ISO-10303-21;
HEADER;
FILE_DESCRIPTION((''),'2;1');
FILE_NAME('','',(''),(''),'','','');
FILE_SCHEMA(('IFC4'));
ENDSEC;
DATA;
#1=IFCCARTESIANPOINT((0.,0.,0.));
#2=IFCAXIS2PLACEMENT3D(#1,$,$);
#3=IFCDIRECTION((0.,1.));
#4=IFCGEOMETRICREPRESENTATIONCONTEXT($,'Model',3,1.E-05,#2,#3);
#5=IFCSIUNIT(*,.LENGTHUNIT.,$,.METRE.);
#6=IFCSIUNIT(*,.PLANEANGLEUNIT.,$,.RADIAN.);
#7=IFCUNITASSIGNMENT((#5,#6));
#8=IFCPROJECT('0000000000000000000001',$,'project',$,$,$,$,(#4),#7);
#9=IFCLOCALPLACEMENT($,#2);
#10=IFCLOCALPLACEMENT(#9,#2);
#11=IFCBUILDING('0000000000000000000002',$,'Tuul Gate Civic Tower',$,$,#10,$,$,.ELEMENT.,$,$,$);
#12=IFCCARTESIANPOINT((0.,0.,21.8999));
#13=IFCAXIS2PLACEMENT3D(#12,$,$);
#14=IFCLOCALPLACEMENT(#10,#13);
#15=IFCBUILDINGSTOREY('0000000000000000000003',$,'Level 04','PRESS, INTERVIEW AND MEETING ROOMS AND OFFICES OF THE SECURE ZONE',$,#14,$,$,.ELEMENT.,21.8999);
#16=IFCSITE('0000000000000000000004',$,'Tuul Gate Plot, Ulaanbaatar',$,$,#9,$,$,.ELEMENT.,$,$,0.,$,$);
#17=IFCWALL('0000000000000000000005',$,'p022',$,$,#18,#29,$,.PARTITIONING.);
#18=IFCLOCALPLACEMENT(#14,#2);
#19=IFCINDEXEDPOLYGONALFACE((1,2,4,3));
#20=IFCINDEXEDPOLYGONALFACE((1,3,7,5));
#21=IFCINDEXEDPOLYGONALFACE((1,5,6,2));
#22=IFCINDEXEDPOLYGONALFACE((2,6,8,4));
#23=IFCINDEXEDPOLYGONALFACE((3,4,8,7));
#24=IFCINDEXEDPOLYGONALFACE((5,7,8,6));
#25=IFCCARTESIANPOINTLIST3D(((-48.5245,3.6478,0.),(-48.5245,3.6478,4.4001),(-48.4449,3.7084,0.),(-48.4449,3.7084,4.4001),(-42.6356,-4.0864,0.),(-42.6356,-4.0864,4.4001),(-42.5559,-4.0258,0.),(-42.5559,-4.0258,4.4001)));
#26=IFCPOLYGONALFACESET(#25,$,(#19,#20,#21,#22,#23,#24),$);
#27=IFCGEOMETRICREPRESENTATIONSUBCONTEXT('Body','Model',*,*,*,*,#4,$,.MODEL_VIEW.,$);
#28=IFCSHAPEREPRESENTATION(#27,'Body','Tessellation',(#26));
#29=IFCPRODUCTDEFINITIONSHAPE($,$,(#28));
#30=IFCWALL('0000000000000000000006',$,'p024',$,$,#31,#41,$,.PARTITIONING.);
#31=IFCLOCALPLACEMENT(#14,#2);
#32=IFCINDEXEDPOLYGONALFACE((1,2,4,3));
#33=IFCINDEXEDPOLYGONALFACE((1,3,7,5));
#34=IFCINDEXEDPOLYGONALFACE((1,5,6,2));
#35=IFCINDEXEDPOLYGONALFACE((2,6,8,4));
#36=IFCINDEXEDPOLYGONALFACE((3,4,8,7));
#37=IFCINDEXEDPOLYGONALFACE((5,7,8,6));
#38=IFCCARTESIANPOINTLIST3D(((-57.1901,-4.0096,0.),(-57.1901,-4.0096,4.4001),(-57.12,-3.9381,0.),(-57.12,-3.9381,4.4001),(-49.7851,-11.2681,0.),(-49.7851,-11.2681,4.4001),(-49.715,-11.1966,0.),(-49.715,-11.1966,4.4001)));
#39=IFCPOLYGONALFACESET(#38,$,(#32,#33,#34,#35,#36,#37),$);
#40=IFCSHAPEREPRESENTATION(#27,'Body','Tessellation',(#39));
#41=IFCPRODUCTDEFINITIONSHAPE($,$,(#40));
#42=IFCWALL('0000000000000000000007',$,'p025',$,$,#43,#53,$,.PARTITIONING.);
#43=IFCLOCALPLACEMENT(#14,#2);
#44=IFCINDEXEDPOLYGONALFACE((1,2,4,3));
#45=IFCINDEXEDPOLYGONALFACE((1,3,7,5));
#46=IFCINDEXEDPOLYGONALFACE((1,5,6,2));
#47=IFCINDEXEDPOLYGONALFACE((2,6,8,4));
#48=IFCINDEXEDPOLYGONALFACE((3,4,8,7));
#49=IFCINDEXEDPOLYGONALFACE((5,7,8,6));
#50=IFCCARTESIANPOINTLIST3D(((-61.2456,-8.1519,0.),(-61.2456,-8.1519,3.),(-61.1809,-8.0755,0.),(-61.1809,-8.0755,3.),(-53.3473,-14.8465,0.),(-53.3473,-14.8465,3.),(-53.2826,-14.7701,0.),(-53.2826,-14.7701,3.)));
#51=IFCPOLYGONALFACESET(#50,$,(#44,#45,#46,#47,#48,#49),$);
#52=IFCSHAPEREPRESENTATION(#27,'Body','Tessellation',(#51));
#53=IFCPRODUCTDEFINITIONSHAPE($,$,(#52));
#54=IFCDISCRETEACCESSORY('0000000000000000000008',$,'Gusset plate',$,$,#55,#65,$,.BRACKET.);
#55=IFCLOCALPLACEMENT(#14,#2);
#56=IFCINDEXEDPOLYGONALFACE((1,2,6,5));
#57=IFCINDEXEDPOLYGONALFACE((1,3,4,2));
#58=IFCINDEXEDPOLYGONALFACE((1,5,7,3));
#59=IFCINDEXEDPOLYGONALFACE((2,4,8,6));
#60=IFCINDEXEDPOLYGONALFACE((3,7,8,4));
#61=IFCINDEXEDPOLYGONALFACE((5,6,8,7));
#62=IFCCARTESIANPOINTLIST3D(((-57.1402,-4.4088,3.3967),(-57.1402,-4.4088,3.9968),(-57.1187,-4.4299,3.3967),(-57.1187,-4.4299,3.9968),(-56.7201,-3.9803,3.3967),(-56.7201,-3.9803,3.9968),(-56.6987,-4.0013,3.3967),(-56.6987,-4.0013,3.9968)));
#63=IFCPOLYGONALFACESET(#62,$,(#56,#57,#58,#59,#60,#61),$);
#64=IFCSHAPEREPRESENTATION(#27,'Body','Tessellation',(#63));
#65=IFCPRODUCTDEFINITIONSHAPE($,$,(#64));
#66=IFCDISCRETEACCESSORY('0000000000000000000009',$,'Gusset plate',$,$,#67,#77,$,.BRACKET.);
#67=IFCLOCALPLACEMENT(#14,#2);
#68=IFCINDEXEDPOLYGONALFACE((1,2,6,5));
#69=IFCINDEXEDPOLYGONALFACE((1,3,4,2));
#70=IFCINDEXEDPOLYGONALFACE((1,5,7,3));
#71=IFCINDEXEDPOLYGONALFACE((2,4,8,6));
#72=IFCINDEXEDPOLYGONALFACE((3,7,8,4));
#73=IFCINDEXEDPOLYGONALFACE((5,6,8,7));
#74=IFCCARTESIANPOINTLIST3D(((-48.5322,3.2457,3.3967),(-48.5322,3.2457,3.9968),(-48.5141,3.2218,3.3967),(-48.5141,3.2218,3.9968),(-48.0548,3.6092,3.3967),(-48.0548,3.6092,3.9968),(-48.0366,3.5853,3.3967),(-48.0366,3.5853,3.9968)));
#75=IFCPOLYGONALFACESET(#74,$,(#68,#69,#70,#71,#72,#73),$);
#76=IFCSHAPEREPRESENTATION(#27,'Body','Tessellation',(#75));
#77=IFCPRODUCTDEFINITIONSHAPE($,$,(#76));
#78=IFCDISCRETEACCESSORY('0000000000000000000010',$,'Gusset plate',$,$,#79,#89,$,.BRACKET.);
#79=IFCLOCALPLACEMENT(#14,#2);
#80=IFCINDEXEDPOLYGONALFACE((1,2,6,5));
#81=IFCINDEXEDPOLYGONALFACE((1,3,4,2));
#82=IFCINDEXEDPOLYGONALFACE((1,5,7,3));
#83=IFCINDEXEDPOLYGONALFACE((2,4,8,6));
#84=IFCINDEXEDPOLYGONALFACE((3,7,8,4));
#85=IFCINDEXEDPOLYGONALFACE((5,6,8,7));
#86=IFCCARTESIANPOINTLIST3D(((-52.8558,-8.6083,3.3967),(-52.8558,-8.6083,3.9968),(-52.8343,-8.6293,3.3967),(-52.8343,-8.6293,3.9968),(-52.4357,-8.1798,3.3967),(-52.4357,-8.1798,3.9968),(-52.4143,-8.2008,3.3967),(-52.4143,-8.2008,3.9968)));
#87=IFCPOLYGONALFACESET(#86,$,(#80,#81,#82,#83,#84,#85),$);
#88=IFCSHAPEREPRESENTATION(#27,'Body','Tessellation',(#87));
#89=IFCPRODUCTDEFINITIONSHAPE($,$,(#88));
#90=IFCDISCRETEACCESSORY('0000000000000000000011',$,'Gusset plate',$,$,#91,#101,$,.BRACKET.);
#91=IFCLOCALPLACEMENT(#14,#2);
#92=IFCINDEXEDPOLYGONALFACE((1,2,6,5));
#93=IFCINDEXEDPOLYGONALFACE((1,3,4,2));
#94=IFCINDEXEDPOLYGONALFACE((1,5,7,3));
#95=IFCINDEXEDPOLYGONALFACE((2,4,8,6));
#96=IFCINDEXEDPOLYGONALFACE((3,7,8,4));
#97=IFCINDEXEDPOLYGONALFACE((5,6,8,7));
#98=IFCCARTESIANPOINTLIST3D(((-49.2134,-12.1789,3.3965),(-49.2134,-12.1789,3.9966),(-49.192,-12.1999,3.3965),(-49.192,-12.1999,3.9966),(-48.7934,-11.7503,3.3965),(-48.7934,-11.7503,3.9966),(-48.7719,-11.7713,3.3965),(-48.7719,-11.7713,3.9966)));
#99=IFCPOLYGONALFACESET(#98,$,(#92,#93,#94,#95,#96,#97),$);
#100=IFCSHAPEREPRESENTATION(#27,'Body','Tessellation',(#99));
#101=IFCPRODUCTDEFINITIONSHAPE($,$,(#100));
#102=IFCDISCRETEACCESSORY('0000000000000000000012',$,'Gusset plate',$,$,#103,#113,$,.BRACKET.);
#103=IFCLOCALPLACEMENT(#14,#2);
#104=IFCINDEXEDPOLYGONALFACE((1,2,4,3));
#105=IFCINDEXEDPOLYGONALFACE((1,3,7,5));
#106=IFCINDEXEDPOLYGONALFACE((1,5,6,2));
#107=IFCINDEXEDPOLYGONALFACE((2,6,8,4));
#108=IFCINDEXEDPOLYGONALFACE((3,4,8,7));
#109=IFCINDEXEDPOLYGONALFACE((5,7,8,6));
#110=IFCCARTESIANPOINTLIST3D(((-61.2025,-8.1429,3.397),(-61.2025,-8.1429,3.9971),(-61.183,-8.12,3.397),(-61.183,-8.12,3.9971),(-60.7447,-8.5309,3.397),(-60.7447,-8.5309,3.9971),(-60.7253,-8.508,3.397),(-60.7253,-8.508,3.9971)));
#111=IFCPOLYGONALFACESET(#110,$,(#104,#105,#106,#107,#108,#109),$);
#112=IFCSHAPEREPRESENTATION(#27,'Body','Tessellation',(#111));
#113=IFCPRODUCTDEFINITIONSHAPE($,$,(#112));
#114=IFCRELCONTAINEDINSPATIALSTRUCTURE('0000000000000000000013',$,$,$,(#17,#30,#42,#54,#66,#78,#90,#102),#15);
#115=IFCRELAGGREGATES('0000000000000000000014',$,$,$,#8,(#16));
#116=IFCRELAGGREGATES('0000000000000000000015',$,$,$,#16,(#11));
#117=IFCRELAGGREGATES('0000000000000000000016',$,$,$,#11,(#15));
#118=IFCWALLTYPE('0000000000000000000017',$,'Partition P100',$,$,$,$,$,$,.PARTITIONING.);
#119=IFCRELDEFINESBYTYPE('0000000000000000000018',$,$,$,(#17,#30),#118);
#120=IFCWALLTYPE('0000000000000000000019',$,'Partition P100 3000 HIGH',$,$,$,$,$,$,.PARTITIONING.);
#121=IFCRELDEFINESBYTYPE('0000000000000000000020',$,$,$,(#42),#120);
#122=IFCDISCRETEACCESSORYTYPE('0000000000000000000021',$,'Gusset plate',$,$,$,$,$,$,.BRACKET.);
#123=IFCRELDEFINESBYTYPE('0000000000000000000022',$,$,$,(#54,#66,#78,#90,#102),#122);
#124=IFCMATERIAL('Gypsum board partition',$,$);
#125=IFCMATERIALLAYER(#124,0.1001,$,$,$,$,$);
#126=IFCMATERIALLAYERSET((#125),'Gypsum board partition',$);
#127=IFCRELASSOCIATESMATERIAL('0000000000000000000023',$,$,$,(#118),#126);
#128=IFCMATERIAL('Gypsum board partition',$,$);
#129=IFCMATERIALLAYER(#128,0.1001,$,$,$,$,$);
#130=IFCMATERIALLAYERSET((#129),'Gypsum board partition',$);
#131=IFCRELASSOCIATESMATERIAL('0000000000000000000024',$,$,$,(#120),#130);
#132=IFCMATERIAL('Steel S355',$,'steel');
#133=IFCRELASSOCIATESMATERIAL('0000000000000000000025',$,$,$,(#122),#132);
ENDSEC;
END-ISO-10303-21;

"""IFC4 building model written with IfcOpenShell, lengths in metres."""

from ifc_helpers import new_model, si_unit, direction, frame, frame_2d, origin, origin_2d, place, context, subcontext, project, spatial, rectangle, extrude, material, layer, layer_set, type_object, element, save


model = new_model("IFC4")

# Units and contexts
model_context = context("Model", 3, precision=1e-05, world=origin(), true_north=direction((0.0, 1.0)))
body_context = subcontext(model_context, "Body", "Model", "MODEL_VIEW")
ifc_project = project(units=[si_unit("LENGTHUNIT", "METRE"), si_unit("PLANEANGLEUNIT", "RADIAN")], contexts=[model_context])

# Site, building, storey
site_placement = place(None, origin())
site = spatial("IfcSite", under=ifc_project, at=site_placement, Name="Tuul Gate Plot, Ulaanbaatar", CompositionType="ELEMENT", RefElevation=0.0)
building_placement = place(site_placement, origin())
building = spatial("IfcBuilding", under=site, at=building_placement, Name="Tuul Gate Civic Tower", CompositionType="ELEMENT")
storey_placement = place(building_placement, frame((0.0, 0.0, 21.8999)))
storey = spatial("IfcBuildingStorey", under=building, at=storey_placement, Name="Level 04", Description="PRESS, INTERVIEW AND MEETING ROOMS AND OFFICES OF THE SECURE ZONE", CompositionType="ELEMENT", Elevation=21.8999)

# Walls
ifc_material_1 = material(Name="Gypsum board partition")
ifc_layer_1 = layer(ifc_material_1, 0.1001)
ifc_layer_set_1 = layer_set([ifc_layer_1], Name="Gypsum board partition")
wall_type_1 = type_object("IfcWallType", Name="Partition P100", PredefinedType="PARTITIONING", material=ifc_layer_set_1)
wall_1_placement = place(storey_placement, frame((-48.4846, 3.678, 0.0), z_axis=(0.0, 0.0, 1.0), x_axis=(0.605799, -0.795618, 0.0)))
element("IfcWall", 1, at=wall_1_placement, inside=storey, type_object=wall_type_1, Name="p022", PredefinedType="PARTITIONING", context=body_context, shape_type="SweptSolid", body=[
    extrude(rectangle(XDim=9.7209, YDim=0.1001, at=frame_2d((4.8604, 0.0))), origin(), (0.0, 0.0, 1.0), 4.4001),
])
wall_2_placement = place(storey_placement, frame((-57.155, -3.9739, 0.0), z_axis=(0.0, 0.0, 1.0), x_axis=(0.714135, -0.700008, 0.0)))
element("IfcWall", 2, at=wall_2_placement, inside=storey, type_object=wall_type_1, Name="p024", PredefinedType="PARTITIONING", context=body_context, shape_type="SweptSolid", body=[
    extrude(rectangle(XDim=10.3691, YDim=0.1001, at=frame_2d((5.1846, 0.0))), origin(), (0.0, 0.0, 1.0), 4.4001),
])
ifc_material_2 = material(Name="Gypsum board partition")
ifc_layer_2 = layer(ifc_material_2, 0.1001)
ifc_layer_set_2 = layer_set([ifc_layer_2], Name="Gypsum board partition")
wall_type_2 = type_object("IfcWallType", Name="Partition P100 3000 HIGH", PredefinedType="PARTITIONING", material=ifc_layer_set_2)
wall_3_placement = place(storey_placement, frame((-61.2131, -8.1138, 0.0), z_axis=(0.0, 0.0, 1.0), x_axis=(0.762839, -0.646589, 0.0)))
element("IfcWall", 3, at=wall_3_placement, inside=storey, type_object=wall_type_2, Name="p025", PredefinedType="PARTITIONING", context=body_context, shape_type="SweptSolid", body=[
    extrude(rectangle(XDim=10.3538, YDim=0.1001, at=frame_2d((5.1768, 0.0))), origin(), (0.0, 0.0, 1.0), 3.0),
])

# Discrete accessories
ifc_material_3 = material(Name="Steel S355", Category="steel")
discrete_accessory_type = type_object("IfcDiscreteAccessoryType", Name="Gusset plate", PredefinedType="BRACKET", material=ifc_material_3)
for number, where, z_axis, x_axis, name in (
    (4, (-56.9194, -4.2051, 3.3967), (0.0, 0.0, 1.0), (0.700013, 0.71413, 0.0), "Gusset plate"),
    (5, (-48.2844, 3.4155, 3.3967), (0.0, 0.0, 1.0), (0.795625, 0.60579, 0.0), "Gusset plate"),
    (6, (-52.635, -8.4045, 3.3967), (0.0, 0.0, 1.0), (0.7, 0.714143, 0.0), "Gusset plate"),
    (7, (-48.9927, -11.9751, 3.3965), (0.0, 0.0, 1.0), (-0.700012, -0.714131, 0.0), "Gusset plate"),
    (8, (-60.9639, -8.3254, 3.397), (0.0, 0.0, 1.0), (0.762835, -0.646593, 0.0), "Gusset plate"),
):
    element("IfcDiscreteAccessory", number, at=place(storey_placement, frame(where, z_axis=z_axis, x_axis=x_axis)), inside=storey, type_object=discrete_accessory_type, Name=name, PredefinedType="BRACKET", context=body_context, shape_type="SweptSolid", body=[
        extrude(rectangle(XDim=0.6001, YDim=0.03, at=origin_2d()), origin(), (0.0, 0.0, 1.0), 0.6001),
    ])

save(model, "model.ifc")
